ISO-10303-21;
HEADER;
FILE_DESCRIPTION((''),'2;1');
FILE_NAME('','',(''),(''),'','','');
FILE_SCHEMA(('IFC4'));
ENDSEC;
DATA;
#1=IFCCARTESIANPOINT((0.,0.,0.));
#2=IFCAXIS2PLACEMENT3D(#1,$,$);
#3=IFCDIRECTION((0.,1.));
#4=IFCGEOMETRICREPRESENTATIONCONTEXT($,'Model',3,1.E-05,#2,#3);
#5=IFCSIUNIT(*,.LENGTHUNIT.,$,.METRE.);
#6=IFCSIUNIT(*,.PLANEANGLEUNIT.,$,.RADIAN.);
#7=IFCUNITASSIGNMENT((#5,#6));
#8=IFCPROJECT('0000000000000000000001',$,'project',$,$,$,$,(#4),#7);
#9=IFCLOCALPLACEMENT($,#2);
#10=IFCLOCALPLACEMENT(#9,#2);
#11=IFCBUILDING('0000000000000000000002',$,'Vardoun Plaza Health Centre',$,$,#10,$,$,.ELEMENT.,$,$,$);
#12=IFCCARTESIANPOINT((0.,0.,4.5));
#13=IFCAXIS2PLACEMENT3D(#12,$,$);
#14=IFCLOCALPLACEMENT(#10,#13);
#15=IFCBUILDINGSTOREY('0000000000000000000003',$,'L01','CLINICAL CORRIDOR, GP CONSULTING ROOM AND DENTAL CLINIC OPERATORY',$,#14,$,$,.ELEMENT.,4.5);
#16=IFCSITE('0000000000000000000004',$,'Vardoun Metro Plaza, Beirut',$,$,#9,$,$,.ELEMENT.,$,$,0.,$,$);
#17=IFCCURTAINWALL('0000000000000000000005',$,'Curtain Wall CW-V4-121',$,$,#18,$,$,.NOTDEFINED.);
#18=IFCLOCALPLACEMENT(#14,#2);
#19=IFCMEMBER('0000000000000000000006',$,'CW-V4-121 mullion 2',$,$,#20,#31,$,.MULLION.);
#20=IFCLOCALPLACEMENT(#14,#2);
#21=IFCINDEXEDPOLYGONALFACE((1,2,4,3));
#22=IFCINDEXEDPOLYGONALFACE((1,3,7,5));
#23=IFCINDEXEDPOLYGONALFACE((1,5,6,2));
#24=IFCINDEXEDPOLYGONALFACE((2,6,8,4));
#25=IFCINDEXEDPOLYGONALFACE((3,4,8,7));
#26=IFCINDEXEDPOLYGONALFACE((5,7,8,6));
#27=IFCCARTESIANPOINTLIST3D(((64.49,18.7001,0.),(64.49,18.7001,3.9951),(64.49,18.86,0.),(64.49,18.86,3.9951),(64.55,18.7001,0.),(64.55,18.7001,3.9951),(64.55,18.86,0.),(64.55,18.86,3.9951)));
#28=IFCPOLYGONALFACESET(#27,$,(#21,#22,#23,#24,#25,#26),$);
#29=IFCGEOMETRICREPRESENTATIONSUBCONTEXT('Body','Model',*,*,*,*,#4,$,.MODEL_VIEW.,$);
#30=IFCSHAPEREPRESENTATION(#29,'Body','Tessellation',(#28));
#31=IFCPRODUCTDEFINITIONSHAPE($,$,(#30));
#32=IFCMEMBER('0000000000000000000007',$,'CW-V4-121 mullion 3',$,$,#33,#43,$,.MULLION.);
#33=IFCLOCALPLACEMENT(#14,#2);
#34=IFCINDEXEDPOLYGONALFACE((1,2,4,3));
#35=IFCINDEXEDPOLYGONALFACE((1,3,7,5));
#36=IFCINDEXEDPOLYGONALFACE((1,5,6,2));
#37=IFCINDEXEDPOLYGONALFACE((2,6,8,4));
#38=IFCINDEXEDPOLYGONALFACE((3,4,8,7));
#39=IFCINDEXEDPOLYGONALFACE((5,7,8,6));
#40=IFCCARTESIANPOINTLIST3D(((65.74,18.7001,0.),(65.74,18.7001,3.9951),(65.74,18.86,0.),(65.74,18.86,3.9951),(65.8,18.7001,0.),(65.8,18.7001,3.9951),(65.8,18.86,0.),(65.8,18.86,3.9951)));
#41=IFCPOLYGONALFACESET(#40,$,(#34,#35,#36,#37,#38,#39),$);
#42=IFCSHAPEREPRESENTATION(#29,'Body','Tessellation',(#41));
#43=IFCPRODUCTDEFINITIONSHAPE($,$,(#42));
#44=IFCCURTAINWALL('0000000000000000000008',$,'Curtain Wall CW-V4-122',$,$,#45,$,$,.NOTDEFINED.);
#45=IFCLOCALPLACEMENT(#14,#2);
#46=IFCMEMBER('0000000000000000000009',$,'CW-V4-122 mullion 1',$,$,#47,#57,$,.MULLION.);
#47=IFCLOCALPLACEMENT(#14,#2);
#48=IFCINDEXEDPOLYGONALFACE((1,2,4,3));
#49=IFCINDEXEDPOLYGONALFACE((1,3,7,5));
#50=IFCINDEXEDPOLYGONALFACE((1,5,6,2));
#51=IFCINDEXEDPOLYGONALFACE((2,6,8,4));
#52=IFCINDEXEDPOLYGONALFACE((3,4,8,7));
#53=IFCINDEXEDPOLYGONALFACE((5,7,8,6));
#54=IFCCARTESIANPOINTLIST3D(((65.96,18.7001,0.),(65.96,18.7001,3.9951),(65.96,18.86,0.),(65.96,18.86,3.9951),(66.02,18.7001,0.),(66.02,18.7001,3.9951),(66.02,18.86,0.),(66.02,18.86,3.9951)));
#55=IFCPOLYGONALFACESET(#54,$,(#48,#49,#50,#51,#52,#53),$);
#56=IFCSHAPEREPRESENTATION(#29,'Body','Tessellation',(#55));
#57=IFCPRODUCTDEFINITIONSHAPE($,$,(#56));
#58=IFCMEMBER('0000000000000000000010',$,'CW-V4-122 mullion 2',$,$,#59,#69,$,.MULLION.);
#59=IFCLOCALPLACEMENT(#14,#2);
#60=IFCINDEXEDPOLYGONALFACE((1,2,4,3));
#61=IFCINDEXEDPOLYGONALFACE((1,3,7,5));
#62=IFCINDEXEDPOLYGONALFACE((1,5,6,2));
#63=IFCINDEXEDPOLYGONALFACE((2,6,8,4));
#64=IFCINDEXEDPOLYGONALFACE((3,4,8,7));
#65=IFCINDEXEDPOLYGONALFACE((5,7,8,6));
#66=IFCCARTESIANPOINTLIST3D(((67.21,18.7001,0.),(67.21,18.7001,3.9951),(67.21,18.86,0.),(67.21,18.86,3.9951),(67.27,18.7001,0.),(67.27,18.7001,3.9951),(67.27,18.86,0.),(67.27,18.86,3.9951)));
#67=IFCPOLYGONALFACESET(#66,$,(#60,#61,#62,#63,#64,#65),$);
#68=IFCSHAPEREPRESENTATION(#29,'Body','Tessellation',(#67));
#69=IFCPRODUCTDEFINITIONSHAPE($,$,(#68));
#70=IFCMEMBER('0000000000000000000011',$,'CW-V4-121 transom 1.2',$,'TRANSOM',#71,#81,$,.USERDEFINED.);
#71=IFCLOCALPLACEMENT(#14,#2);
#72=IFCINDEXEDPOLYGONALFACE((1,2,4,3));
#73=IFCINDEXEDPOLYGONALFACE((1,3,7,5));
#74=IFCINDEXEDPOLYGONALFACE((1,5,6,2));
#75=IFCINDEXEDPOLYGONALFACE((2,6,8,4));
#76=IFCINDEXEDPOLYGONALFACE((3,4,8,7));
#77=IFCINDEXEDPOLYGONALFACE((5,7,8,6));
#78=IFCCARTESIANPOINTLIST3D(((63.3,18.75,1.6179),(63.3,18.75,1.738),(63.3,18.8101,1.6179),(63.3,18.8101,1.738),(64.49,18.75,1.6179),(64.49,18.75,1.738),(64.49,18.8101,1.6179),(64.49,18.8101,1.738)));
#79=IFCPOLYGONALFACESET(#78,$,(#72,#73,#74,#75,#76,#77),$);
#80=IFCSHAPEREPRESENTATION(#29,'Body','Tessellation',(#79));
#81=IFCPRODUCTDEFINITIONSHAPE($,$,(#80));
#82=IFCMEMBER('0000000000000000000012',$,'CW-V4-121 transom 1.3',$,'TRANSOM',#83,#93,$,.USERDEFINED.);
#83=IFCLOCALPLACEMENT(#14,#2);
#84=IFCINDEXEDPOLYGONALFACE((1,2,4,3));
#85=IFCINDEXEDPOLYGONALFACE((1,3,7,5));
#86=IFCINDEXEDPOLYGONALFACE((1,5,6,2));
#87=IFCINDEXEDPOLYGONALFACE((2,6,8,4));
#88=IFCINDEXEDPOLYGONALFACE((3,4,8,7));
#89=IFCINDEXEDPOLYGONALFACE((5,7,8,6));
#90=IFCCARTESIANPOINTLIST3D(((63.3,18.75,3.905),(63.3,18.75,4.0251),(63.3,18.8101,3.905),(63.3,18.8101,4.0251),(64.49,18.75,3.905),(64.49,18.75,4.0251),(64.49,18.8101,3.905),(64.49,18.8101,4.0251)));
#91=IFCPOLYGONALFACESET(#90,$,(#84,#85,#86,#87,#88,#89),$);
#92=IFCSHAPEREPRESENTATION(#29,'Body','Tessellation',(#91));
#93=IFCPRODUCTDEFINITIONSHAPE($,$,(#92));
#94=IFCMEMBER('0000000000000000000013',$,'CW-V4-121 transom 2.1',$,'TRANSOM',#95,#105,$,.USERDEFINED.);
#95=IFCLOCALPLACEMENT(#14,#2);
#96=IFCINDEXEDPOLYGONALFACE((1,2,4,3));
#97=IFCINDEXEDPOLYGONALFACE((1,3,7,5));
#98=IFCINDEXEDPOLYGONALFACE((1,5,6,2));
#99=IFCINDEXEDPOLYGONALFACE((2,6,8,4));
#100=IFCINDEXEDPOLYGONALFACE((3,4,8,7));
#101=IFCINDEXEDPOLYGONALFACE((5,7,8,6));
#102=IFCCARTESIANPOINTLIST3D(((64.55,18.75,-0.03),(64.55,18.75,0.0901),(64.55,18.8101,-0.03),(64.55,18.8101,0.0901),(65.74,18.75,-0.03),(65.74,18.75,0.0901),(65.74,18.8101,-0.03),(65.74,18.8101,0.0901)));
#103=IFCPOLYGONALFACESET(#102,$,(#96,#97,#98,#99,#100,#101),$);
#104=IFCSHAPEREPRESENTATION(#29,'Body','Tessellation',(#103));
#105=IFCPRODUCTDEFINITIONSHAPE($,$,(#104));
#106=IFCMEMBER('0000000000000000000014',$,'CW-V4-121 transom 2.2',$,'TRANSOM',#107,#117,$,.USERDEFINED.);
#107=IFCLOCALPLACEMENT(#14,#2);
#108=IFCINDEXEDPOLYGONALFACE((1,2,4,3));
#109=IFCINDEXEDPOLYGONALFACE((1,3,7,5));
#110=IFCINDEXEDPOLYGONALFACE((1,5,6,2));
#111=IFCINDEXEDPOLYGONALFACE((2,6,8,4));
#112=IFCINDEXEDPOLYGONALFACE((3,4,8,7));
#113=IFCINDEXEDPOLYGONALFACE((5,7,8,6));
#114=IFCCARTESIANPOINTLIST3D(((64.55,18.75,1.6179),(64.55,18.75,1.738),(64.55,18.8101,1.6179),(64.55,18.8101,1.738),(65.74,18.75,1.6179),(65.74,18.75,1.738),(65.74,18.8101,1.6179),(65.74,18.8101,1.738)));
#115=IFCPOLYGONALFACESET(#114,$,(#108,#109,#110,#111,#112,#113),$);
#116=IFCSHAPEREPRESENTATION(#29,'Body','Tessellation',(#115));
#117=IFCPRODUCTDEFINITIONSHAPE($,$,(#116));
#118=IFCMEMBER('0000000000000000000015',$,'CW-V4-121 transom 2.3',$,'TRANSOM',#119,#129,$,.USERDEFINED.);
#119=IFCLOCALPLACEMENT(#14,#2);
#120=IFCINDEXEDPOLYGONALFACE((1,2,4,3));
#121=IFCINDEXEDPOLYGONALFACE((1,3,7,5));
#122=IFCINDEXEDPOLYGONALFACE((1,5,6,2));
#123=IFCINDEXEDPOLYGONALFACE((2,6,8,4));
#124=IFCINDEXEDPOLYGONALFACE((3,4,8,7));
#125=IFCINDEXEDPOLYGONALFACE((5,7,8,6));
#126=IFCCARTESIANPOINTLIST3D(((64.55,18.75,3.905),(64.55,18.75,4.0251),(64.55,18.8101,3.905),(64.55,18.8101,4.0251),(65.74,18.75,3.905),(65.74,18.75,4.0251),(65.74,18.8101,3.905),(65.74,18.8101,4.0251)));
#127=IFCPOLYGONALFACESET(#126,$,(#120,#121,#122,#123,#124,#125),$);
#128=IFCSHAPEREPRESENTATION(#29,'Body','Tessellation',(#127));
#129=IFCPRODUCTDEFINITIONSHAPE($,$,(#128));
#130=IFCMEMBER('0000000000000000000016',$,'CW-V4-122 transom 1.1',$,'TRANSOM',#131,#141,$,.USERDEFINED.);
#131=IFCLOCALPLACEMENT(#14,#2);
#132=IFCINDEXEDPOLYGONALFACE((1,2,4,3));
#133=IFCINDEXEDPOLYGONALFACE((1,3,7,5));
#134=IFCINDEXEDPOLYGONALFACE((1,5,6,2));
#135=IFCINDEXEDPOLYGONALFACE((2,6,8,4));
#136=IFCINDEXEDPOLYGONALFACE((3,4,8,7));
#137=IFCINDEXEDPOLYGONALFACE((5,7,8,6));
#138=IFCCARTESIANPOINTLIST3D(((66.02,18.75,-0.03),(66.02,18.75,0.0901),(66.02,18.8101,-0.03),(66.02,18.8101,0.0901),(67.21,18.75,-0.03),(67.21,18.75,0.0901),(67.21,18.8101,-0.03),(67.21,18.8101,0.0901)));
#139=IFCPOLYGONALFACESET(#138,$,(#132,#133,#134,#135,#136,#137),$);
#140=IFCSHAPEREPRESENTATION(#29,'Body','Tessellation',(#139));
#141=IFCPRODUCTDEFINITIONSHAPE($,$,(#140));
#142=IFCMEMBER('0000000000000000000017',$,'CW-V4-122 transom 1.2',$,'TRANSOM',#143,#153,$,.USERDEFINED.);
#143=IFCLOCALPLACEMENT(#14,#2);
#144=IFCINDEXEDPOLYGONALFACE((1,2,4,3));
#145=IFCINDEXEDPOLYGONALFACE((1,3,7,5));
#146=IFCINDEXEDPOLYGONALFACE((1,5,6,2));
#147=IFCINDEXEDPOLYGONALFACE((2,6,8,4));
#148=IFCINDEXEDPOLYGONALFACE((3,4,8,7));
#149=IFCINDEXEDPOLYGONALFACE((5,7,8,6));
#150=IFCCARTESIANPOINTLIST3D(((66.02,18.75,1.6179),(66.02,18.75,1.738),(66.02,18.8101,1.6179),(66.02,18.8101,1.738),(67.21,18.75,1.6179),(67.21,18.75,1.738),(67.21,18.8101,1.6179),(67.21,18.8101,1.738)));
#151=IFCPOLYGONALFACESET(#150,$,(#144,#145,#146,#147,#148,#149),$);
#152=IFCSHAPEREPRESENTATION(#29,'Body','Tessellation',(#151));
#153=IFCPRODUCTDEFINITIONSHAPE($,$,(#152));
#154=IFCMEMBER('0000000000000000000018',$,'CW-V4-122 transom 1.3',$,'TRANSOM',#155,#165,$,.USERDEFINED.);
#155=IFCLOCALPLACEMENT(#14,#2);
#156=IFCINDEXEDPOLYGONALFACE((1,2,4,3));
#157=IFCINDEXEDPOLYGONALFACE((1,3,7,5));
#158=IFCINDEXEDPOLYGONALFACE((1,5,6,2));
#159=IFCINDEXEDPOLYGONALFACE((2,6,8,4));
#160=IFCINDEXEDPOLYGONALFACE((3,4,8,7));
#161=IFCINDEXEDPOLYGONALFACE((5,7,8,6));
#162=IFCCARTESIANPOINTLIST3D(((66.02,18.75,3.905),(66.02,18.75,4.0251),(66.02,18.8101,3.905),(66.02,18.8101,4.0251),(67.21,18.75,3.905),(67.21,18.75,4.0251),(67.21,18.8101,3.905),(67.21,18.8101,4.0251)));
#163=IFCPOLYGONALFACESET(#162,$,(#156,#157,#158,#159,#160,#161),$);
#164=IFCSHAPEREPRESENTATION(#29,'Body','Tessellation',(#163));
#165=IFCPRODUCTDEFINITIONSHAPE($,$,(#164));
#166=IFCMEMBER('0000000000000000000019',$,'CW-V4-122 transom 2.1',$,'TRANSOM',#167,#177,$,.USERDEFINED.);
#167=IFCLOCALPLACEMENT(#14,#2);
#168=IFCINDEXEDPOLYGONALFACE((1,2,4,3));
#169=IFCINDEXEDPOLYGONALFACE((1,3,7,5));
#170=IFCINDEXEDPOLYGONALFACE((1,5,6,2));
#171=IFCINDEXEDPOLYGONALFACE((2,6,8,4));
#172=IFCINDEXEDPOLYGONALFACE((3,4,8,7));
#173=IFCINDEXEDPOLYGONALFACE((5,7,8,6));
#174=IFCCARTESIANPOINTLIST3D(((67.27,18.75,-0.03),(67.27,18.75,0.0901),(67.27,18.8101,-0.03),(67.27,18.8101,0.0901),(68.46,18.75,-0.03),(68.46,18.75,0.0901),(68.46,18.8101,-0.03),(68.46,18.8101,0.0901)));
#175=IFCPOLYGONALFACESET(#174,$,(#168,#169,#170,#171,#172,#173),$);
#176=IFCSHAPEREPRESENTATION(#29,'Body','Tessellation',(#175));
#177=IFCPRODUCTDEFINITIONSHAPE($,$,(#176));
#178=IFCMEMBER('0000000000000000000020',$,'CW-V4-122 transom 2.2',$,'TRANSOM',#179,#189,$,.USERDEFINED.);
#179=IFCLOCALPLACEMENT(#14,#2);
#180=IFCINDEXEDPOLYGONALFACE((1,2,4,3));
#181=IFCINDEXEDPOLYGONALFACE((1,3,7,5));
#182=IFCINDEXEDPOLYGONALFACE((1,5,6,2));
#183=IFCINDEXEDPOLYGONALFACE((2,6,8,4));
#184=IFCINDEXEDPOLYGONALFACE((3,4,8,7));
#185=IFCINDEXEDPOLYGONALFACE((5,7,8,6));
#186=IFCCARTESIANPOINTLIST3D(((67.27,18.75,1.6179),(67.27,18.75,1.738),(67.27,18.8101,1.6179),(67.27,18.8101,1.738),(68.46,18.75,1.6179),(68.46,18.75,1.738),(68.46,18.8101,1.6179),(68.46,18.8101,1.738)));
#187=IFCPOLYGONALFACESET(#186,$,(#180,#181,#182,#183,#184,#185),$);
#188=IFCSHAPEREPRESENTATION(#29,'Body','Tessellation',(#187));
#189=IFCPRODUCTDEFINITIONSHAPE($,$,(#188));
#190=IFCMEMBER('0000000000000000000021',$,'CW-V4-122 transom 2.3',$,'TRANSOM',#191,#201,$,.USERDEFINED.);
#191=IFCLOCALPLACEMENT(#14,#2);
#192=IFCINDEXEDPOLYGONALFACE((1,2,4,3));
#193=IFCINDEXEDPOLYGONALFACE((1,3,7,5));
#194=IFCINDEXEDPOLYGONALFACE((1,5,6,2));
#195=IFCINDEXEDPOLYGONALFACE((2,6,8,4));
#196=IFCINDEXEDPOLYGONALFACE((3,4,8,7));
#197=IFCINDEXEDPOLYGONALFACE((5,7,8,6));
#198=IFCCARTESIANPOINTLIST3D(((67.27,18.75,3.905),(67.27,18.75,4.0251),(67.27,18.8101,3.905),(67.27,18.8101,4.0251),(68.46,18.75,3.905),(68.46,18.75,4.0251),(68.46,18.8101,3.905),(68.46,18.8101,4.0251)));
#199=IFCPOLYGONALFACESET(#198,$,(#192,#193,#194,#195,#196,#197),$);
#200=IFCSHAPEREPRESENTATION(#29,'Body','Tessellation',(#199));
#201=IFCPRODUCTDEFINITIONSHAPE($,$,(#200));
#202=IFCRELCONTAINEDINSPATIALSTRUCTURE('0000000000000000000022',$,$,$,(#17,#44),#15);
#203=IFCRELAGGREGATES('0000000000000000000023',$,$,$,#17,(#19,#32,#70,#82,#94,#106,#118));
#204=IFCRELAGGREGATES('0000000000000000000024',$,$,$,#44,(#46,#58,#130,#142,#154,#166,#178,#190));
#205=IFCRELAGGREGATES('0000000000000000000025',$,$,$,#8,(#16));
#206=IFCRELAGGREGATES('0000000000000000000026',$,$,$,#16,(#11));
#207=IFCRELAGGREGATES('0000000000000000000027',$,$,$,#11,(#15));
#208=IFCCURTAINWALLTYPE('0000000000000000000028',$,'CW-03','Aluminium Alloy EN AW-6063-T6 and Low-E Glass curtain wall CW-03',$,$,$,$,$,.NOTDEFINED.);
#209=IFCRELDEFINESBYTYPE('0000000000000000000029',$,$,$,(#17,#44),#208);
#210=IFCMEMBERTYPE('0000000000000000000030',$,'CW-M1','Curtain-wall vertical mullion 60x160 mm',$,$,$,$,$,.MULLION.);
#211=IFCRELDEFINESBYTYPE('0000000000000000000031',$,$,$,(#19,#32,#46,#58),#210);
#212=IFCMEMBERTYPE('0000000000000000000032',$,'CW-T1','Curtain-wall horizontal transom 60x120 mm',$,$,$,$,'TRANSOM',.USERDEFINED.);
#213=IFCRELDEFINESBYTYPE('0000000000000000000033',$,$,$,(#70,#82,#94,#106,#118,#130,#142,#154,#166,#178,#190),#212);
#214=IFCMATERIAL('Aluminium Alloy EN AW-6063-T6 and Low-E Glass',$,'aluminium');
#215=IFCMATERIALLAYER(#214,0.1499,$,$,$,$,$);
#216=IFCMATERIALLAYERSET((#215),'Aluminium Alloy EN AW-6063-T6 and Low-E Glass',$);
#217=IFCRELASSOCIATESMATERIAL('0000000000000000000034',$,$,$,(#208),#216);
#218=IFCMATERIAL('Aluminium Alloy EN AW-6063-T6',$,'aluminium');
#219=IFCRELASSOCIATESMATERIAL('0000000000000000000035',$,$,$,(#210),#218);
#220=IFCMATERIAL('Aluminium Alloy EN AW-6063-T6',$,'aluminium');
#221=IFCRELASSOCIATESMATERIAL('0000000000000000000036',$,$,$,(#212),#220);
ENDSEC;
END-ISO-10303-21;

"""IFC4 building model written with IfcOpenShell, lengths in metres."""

from ifc_helpers import new_model, si_unit, direction, frame, origin, origin_2d, place, context, subcontext, project, spatial, rectangle, extrude, material, layer, layer_set, material_profile, profile_set, type_object, element, aggregate, save


model = new_model("IFC4")

# Units and contexts
model_context = context("Model", 3, precision=1e-05, world=origin(), true_north=direction((0.0, 1.0)))
body_context = subcontext(model_context, "Body", "Model", "MODEL_VIEW")
ifc_project = project(units=[si_unit("LENGTHUNIT", "METRE"), si_unit("PLANEANGLEUNIT", "RADIAN")], contexts=[model_context])

# Site, building, storey
site_placement = place(None, origin())
site = spatial("IfcSite", under=ifc_project, at=site_placement, Name="Vardoun Metro Plaza, Beirut", CompositionType="ELEMENT", RefElevation=0.0)
building_placement = place(site_placement, origin())
building = spatial("IfcBuilding", under=site, at=building_placement, Name="Vardoun Plaza Health Centre", CompositionType="ELEMENT")
storey_placement = place(building_placement, frame((0.0, 0.0, 4.5)))
storey = spatial("IfcBuildingStorey", under=building, at=storey_placement, Name="L01", Description="CLINICAL CORRIDOR, GP CONSULTING ROOM AND DENTAL CLINIC OPERATORY", CompositionType="ELEMENT", Elevation=4.5)

# Curtain walls, members
ifc_material_1 = material(Name="Aluminium Alloy EN AW-6063-T6 and Low-E Glass", Category="aluminium")
ifc_layer_1 = layer(ifc_material_1, 0.1499)
ifc_layer_set_1 = layer_set([ifc_layer_1], Name="Aluminium Alloy EN AW-6063-T6 and Low-E Glass")
curtain_wall_type = type_object("IfcCurtainWallType", Name="CW-03", Description="Aluminium Alloy EN AW-6063-T6 and Low-E Glass curtain wall CW-03", PredefinedType="NOTDEFINED", material=ifc_layer_set_1)
curtain_wall_1_placement = place(storey_placement, origin())
curtain_wall_1 = element("IfcCurtainWall", 1, at=curtain_wall_1_placement, inside=storey, type_object=curtain_wall_type, Name="Curtain Wall CW-V4-121", PredefinedType="NOTDEFINED")
ifc_material_2 = material(Name="Aluminium Alloy EN AW-6063-T6", Category="aluminium")
ifc_material_profile_1 = material_profile(ifc_material_2, rectangle(XDim=0.1599, YDim=0.0601, at=origin_2d()), Name="CWM 60x160")
ifc_profile_set_1 = profile_set([ifc_material_profile_1], Name="Aluminium Alloy EN AW-6063-T6")
member_type_1 = type_object("IfcMemberType", Name="CW-M1", Description="Curtain-wall vertical mullion 60x160 mm", PredefinedType="MULLION", material=ifc_profile_set_1)
member_1_placement = place(storey_placement, frame((64.52, 18.78, 0.0), z_axis=(0.0, 0.0, 1.0), x_axis=(0.0, 1.0, 0.0)))
member_1 = element("IfcMember", 2, at=member_1_placement, type_object=member_type_1, Name="CW-V4-121 mullion 2", PredefinedType="MULLION", context=body_context, shape_type="SweptSolid", body=[
    extrude(rectangle(XDim=0.1599, YDim=0.0601, at=origin_2d()), origin(), (0.0, 0.0, 1.0), 3.9951),
])
member_2_placement = place(storey_placement, frame((65.77, 18.78, 0.0), z_axis=(0.0, 0.0, 1.0), x_axis=(0.0, 1.0, 0.0)))
member_2 = element("IfcMember", 3, at=member_2_placement, type_object=member_type_1, Name="CW-V4-121 mullion 3", PredefinedType="MULLION", context=body_context, shape_type="SweptSolid", body=[
    extrude(rectangle(XDim=0.1599, YDim=0.0601, at=origin_2d()), origin(), (0.0, 0.0, 1.0), 3.9951),
])
curtain_wall_2_placement = place(storey_placement, origin())
curtain_wall_2 = element("IfcCurtainWall", 4, at=curtain_wall_2_placement, inside=storey, type_object=curtain_wall_type, Name="Curtain Wall CW-V4-122", PredefinedType="NOTDEFINED")
member_3_placement = place(storey_placement, frame((65.99, 18.78, 0.0), z_axis=(0.0, 0.0, 1.0), x_axis=(0.0, 1.0, 0.0)))
member_3 = element("IfcMember", 5, at=member_3_placement, type_object=member_type_1, Name="CW-V4-122 mullion 1", PredefinedType="MULLION", context=body_context, shape_type="SweptSolid", body=[
    extrude(rectangle(XDim=0.1599, YDim=0.0601, at=origin_2d()), origin(), (0.0, 0.0, 1.0), 3.9951),
])
member_4_placement = place(storey_placement, frame((67.24, 18.78, 0.0), z_axis=(0.0, 0.0, 1.0), x_axis=(0.0, 1.0, 0.0)))
member_4 = element("IfcMember", 6, at=member_4_placement, type_object=member_type_1, Name="CW-V4-122 mullion 2", PredefinedType="MULLION", context=body_context, shape_type="SweptSolid", body=[
    extrude(rectangle(XDim=0.1599, YDim=0.0601, at=origin_2d()), origin(), (0.0, 0.0, 1.0), 3.9951),
])

# Members
ifc_material_3 = material(Name="Aluminium Alloy EN AW-6063-T6", Category="aluminium")
ifc_material_profile_2 = material_profile(ifc_material_3, rectangle(XDim=0.0601, YDim=0.1201, at=origin_2d()), Name="CWT 60x120")
ifc_profile_set_2 = profile_set([ifc_material_profile_2], Name="Aluminium Alloy EN AW-6063-T6")
member_type_2 = type_object("IfcMemberType", Name="CW-T1", Description="Curtain-wall horizontal transom 60x120 mm", ElementType="TRANSOM", PredefinedType="USERDEFINED", material=ifc_profile_set_2)
member_5_placement = place(storey_placement, frame((63.3, 18.78, 1.678), z_axis=(1.0, 0.0, 0.0), x_axis=(0.0, 1.0, 0.0)))
member_5 = element("IfcMember", 7, at=member_5_placement, type_object=member_type_2, Name="CW-V4-121 transom 1.2", ObjectType="TRANSOM", PredefinedType="USERDEFINED", context=body_context, shape_type="SweptSolid", body=[
    extrude(rectangle(XDim=0.0601, YDim=0.1201, at=origin_2d()), origin(), (0.0, 0.0, 1.0), 1.1899),
])
member_6_placement = place(storey_placement, frame((63.3, 18.78, 3.9651), z_axis=(1.0, 0.0, 0.0), x_axis=(0.0, 1.0, 0.0)))
member_6 = element("IfcMember", 8, at=member_6_placement, type_object=member_type_2, Name="CW-V4-121 transom 1.3", ObjectType="TRANSOM", PredefinedType="USERDEFINED", context=body_context, shape_type="SweptSolid", body=[
    extrude(rectangle(XDim=0.0601, YDim=0.1201, at=origin_2d()), origin(), (0.0, 0.0, 1.0), 1.1899),
])
member_7_placement = place(storey_placement, frame((64.55, 18.78, 0.03), z_axis=(1.0, 0.0, 0.0), x_axis=(0.0, 1.0, 0.0)))
member_7 = element("IfcMember", 9, at=member_7_placement, type_object=member_type_2, Name="CW-V4-121 transom 2.1", ObjectType="TRANSOM", PredefinedType="USERDEFINED", context=body_context, shape_type="SweptSolid", body=[
    extrude(rectangle(XDim=0.0601, YDim=0.1201, at=origin_2d()), origin(), (0.0, 0.0, 1.0), 1.1899),
])
member_8_placement = place(storey_placement, frame((64.55, 18.78, 1.678), z_axis=(1.0, 0.0, 0.0), x_axis=(0.0, 1.0, 0.0)))
member_8 = element("IfcMember", 10, at=member_8_placement, type_object=member_type_2, Name="CW-V4-121 transom 2.2", ObjectType="TRANSOM", PredefinedType="USERDEFINED", context=body_context, shape_type="SweptSolid", body=[
    extrude(rectangle(XDim=0.0601, YDim=0.1201, at=origin_2d()), origin(), (0.0, 0.0, 1.0), 1.1899),
])
member_9_placement = place(storey_placement, frame((64.55, 18.78, 3.9651), z_axis=(1.0, 0.0, 0.0), x_axis=(0.0, 1.0, 0.0)))
member_9 = element("IfcMember", 11, at=member_9_placement, type_object=member_type_2, Name="CW-V4-121 transom 2.3", ObjectType="TRANSOM", PredefinedType="USERDEFINED", context=body_context, shape_type="SweptSolid", body=[
    extrude(rectangle(XDim=0.0601, YDim=0.1201, at=origin_2d()), origin(), (0.0, 0.0, 1.0), 1.1899),
])
member_10_placement = place(storey_placement, frame((66.02, 18.78, 0.03), z_axis=(1.0, 0.0, 0.0), x_axis=(0.0, 1.0, 0.0)))
member_10 = element("IfcMember", 12, at=member_10_placement, type_object=member_type_2, Name="CW-V4-122 transom 1.1", ObjectType="TRANSOM", PredefinedType="USERDEFINED", context=body_context, shape_type="SweptSolid", body=[
    extrude(rectangle(XDim=0.0601, YDim=0.1201, at=origin_2d()), origin(), (0.0, 0.0, 1.0), 1.1899),
])
member_11_placement = place(storey_placement, frame((66.02, 18.78, 1.678), z_axis=(1.0, 0.0, 0.0), x_axis=(0.0, 1.0, 0.0)))
member_11 = element("IfcMember", 13, at=member_11_placement, type_object=member_type_2, Name="CW-V4-122 transom 1.2", ObjectType="TRANSOM", PredefinedType="USERDEFINED", context=body_context, shape_type="SweptSolid", body=[
    extrude(rectangle(XDim=0.0601, YDim=0.1201, at=origin_2d()), origin(), (0.0, 0.0, 1.0), 1.1899),
])
member_12_placement = place(storey_placement, frame((66.02, 18.78, 3.9651), z_axis=(1.0, 0.0, 0.0), x_axis=(0.0, 1.0, 0.0)))
member_12 = element("IfcMember", 14, at=member_12_placement, type_object=member_type_2, Name="CW-V4-122 transom 1.3", ObjectType="TRANSOM", PredefinedType="USERDEFINED", context=body_context, shape_type="SweptSolid", body=[
    extrude(rectangle(XDim=0.0601, YDim=0.1201, at=origin_2d()), origin(), (0.0, 0.0, 1.0), 1.1899),
])
member_13_placement = place(storey_placement, frame((67.27, 18.78, 0.03), z_axis=(1.0, 0.0, 0.0), x_axis=(0.0, 1.0, 0.0)))
member_13 = element("IfcMember", 15, at=member_13_placement, type_object=member_type_2, Name="CW-V4-122 transom 2.1", ObjectType="TRANSOM", PredefinedType="USERDEFINED", context=body_context, shape_type="SweptSolid", body=[
    extrude(rectangle(XDim=0.0601, YDim=0.1201, at=origin_2d()), origin(), (0.0, 0.0, 1.0), 1.1899),
])
member_14_placement = place(storey_placement, frame((67.27, 18.78, 1.678), z_axis=(1.0, 0.0, 0.0), x_axis=(0.0, 1.0, 0.0)))
member_14 = element("IfcMember", 16, at=member_14_placement, type_object=member_type_2, Name="CW-V4-122 transom 2.2", ObjectType="TRANSOM", PredefinedType="USERDEFINED", context=body_context, shape_type="SweptSolid", body=[
    extrude(rectangle(XDim=0.0601, YDim=0.1201, at=origin_2d()), origin(), (0.0, 0.0, 1.0), 1.1899),
])
member_15_placement = place(storey_placement, frame((67.27, 18.78, 3.9651), z_axis=(1.0, 0.0, 0.0), x_axis=(0.0, 1.0, 0.0)))
member_15 = element("IfcMember", 17, at=member_15_placement, type_object=member_type_2, Name="CW-V4-122 transom 2.3", ObjectType="TRANSOM", PredefinedType="USERDEFINED", context=body_context, shape_type="SweptSolid", body=[
    extrude(rectangle(XDim=0.0601, YDim=0.1201, at=origin_2d()), origin(), (0.0, 0.0, 1.0), 1.1899),
])

aggregate(curtain_wall_1, [member_1, member_2, member_5, member_6, member_7, member_8, member_9])
aggregate(curtain_wall_2, [member_3, member_4, member_10, member_11, member_12, member_13, member_14, member_15])

save(model, "model.ifc")
